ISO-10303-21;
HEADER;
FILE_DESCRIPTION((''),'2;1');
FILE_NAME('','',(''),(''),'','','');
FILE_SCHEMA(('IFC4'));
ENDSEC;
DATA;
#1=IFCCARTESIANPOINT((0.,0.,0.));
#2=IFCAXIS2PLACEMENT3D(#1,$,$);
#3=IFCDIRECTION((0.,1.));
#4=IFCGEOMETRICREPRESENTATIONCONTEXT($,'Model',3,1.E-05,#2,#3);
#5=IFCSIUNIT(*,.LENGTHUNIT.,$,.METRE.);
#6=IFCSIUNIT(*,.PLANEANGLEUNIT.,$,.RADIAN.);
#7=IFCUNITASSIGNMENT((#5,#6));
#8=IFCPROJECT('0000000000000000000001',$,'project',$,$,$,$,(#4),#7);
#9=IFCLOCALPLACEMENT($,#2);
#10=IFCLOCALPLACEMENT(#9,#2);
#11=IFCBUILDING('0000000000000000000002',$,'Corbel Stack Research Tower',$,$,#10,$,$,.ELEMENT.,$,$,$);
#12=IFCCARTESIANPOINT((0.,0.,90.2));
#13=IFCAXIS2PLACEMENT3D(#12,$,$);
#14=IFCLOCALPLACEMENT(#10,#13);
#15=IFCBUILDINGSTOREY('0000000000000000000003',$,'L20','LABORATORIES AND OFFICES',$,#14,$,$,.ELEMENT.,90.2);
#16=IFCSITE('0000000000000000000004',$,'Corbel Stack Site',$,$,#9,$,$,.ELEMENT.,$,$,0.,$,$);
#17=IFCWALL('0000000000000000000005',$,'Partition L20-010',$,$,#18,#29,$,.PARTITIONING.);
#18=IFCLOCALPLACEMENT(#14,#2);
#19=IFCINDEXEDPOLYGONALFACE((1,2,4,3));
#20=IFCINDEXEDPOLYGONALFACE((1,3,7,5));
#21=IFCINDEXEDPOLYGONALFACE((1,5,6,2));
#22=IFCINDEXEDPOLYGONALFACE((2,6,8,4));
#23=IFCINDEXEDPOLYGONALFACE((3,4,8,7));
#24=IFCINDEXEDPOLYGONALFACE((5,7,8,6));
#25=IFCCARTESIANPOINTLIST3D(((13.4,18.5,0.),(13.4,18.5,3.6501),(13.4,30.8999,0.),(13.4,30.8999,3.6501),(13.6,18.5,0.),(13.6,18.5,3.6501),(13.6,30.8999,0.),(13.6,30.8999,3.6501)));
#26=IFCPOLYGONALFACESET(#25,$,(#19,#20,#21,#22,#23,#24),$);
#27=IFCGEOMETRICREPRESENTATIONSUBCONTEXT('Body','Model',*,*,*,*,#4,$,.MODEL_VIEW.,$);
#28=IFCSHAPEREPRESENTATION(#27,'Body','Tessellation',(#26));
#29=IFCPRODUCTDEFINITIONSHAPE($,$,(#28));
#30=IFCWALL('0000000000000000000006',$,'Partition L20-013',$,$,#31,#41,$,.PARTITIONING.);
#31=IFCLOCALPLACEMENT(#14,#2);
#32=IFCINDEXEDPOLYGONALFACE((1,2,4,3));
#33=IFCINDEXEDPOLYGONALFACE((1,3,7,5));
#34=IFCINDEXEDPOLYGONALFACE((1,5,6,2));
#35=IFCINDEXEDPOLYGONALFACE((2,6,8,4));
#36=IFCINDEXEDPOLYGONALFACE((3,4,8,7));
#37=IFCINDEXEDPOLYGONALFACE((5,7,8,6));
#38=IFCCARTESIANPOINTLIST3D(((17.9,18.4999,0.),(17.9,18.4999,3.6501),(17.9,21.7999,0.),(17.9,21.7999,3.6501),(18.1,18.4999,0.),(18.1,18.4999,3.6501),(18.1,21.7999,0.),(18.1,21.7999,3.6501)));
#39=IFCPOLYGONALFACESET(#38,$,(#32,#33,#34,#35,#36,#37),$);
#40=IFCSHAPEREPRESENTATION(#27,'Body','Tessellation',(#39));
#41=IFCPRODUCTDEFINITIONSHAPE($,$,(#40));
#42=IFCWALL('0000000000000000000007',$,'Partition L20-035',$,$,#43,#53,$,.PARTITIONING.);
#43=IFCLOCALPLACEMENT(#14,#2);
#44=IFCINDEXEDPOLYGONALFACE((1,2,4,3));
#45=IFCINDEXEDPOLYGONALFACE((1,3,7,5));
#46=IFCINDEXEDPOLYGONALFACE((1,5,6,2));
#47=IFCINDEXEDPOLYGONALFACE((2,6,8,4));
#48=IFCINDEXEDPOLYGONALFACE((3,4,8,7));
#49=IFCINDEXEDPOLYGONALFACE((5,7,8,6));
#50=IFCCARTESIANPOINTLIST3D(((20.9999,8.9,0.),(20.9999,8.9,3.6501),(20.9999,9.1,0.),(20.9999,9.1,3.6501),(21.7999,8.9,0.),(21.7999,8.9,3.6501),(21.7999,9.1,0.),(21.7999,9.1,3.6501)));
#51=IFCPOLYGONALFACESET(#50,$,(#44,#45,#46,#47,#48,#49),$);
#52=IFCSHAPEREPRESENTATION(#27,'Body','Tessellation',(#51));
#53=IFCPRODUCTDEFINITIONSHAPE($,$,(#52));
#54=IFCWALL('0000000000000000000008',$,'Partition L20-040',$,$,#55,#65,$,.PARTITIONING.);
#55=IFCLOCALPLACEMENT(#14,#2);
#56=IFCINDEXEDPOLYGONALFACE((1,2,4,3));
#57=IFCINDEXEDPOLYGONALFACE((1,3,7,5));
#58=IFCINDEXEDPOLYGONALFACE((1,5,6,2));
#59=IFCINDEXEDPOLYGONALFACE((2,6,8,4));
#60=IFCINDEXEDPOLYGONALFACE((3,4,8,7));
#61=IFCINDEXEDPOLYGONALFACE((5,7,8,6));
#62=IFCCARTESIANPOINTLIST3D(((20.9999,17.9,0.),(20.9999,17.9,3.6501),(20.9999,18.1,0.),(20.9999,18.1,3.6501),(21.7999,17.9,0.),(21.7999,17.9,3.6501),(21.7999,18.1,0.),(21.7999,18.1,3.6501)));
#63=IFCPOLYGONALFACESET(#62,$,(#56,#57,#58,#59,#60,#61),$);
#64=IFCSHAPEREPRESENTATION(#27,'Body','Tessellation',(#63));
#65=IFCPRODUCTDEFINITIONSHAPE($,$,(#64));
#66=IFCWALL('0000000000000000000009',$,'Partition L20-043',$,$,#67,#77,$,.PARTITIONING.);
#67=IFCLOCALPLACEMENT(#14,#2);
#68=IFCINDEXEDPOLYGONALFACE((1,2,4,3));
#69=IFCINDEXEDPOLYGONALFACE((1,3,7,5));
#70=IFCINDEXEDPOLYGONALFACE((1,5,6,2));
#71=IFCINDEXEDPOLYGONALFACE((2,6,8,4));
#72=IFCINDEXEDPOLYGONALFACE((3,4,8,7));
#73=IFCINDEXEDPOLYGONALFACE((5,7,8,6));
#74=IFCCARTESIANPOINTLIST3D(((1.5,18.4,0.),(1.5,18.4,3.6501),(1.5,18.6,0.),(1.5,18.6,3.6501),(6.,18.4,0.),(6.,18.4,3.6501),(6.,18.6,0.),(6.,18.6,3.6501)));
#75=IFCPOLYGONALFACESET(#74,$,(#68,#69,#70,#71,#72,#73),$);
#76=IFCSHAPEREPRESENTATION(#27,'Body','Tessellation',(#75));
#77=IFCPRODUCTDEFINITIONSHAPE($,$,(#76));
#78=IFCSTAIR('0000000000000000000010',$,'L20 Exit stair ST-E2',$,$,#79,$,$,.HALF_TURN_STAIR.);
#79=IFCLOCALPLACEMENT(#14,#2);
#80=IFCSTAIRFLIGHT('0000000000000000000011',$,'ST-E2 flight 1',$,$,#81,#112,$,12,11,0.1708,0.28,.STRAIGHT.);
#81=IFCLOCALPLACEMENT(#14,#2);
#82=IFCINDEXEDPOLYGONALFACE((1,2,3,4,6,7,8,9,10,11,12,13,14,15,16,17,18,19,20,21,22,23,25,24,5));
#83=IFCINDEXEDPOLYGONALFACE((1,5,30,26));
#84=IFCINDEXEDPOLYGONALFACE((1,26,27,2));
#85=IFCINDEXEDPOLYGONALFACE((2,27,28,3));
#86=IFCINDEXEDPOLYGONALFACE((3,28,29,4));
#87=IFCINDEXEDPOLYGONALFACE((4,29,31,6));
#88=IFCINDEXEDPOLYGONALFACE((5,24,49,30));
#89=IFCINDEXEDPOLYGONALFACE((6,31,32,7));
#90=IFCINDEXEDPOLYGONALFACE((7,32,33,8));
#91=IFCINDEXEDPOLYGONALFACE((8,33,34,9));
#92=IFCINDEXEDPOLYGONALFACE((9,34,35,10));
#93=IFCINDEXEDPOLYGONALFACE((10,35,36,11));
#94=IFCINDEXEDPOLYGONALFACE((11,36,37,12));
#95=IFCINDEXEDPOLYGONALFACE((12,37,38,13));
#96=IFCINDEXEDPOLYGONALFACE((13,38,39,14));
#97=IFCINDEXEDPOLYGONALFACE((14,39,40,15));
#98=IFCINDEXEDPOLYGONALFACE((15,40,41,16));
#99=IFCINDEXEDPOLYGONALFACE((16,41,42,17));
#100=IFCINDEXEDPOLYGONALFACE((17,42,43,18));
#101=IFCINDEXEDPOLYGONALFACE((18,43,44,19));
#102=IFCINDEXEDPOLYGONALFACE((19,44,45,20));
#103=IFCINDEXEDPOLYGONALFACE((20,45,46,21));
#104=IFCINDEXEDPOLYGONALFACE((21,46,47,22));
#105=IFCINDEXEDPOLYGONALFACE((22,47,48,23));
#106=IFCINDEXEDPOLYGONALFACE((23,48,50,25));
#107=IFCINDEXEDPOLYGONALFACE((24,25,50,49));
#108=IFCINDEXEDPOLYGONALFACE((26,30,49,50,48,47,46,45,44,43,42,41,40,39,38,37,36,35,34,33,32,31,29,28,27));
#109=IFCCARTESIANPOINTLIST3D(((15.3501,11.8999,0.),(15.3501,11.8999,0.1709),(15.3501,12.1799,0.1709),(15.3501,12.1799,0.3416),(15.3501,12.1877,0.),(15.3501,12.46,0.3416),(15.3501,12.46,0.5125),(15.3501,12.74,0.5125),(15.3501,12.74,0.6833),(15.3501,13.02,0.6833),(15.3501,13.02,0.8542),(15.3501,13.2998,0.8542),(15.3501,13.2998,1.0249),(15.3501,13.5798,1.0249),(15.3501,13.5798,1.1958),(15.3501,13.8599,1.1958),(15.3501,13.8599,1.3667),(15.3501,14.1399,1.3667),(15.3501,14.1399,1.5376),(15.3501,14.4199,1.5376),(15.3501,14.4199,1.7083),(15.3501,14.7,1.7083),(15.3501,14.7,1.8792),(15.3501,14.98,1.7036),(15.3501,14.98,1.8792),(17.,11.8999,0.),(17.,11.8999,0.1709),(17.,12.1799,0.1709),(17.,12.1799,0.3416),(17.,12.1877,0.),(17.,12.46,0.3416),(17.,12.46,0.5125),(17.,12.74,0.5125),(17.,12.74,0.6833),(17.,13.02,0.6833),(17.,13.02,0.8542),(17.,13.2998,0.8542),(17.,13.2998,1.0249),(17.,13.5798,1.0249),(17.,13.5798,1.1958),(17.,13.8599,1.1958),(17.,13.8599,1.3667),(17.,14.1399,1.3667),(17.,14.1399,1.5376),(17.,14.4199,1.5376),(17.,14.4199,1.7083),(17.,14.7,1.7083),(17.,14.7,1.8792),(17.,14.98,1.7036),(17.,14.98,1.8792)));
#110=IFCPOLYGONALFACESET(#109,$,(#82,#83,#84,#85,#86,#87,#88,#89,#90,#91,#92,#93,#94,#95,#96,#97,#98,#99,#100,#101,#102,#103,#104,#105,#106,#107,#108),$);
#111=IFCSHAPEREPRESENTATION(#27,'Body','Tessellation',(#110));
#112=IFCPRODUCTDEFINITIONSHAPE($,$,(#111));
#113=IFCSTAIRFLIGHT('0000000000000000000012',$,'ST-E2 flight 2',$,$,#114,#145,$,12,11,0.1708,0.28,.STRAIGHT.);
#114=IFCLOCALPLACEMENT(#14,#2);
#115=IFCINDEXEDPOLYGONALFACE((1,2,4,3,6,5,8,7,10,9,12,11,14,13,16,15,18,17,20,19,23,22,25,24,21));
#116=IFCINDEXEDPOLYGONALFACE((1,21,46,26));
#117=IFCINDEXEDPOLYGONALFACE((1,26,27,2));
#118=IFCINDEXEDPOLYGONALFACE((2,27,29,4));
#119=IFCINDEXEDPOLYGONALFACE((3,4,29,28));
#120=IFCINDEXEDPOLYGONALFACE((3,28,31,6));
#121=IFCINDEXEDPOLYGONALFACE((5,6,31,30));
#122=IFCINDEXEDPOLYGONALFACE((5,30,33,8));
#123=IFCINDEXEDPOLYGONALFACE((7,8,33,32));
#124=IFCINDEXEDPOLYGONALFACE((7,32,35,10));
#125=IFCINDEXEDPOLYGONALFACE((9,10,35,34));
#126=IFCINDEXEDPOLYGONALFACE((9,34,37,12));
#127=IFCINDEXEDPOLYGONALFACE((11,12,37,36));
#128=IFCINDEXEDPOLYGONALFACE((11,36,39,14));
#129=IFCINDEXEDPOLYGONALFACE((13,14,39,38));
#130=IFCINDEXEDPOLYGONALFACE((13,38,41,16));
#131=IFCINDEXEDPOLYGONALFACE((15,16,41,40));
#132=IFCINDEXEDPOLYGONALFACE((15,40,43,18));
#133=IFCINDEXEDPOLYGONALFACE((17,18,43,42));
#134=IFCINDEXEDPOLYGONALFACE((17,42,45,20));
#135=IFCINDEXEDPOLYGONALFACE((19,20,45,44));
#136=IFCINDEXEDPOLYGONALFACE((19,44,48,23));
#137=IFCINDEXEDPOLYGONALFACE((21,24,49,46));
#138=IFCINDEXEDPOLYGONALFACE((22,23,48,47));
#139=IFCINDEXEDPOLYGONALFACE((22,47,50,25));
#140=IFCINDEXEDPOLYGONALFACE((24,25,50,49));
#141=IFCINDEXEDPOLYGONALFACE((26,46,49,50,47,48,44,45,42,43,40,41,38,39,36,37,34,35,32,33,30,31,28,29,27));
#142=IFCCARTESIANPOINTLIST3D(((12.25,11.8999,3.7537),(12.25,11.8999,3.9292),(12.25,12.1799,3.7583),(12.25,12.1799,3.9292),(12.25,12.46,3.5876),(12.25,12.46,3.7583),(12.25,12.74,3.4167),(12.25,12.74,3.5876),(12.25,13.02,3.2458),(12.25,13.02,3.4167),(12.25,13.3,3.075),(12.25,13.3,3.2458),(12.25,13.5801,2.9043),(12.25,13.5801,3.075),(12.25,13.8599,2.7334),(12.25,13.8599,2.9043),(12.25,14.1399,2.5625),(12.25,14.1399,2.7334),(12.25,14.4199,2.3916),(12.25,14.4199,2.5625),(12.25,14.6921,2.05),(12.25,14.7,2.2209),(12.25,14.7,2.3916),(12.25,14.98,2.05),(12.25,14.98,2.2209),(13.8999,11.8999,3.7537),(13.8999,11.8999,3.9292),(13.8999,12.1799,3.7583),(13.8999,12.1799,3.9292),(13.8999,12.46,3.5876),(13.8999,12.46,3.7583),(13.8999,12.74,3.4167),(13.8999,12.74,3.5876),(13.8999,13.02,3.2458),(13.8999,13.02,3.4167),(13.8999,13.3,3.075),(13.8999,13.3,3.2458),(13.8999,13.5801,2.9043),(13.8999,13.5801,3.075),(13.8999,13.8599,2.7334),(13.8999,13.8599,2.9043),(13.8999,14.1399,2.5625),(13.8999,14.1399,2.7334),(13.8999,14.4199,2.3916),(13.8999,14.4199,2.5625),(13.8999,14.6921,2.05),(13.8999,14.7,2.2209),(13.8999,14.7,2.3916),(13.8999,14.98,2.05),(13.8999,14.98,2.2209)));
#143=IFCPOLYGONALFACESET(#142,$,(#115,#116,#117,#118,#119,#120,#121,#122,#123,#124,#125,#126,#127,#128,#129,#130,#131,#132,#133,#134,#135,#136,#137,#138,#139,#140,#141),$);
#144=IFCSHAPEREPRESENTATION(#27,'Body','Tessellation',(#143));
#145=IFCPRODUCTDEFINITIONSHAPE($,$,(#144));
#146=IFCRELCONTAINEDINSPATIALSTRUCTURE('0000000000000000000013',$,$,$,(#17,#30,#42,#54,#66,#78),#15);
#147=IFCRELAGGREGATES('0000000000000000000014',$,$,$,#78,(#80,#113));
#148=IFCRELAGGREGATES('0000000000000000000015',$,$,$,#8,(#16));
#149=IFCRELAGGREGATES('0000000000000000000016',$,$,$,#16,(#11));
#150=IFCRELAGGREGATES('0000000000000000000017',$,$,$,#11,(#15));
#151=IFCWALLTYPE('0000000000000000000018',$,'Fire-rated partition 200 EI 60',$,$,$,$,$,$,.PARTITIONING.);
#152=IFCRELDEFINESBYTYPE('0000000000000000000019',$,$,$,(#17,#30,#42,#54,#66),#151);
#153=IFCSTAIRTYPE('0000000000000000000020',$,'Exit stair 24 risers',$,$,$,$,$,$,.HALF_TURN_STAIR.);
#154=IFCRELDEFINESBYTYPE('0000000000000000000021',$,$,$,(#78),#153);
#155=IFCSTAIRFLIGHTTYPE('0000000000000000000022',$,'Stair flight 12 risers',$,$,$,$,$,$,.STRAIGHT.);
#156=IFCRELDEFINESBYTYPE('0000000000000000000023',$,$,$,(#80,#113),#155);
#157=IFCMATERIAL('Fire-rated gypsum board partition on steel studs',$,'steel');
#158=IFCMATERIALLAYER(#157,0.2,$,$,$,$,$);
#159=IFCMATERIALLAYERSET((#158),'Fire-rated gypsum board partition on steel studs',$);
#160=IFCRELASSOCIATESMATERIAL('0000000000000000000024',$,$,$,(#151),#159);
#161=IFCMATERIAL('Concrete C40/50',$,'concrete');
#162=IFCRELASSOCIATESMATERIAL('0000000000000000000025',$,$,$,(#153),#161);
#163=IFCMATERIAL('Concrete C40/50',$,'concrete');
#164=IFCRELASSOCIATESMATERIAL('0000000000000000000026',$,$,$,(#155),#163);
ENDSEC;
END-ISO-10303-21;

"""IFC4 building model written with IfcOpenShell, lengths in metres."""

from ifc_helpers import new_model, si_unit, direction, frame, frame_2d, origin, place, context, subcontext, project, spatial, polyline, rectangle, outline, extrude, material, layer, layer_set, type_object, element, aggregate, save


model = new_model("IFC4")

# Units and contexts
model_context = context("Model", 3, precision=1e-05, world=origin(), true_north=direction((0.0, 1.0)))
body_context = subcontext(model_context, "Body", "Model", "MODEL_VIEW")
ifc_project = project(units=[si_unit("LENGTHUNIT", "METRE"), si_unit("PLANEANGLEUNIT", "RADIAN")], contexts=[model_context])

# Site, building, storey
site_placement = place(None, origin())
site = spatial("IfcSite", under=ifc_project, at=site_placement, Name="Corbel Stack Site", CompositionType="ELEMENT", RefElevation=0.0)
building_placement = place(site_placement, origin())
building = spatial("IfcBuilding", under=site, at=building_placement, Name="Corbel Stack Research Tower", CompositionType="ELEMENT")
storey_placement = place(building_placement, frame((0.0, 0.0, 90.2)))
storey = spatial("IfcBuildingStorey", under=building, at=storey_placement, Name="L20", Description="LABORATORIES AND OFFICES", CompositionType="ELEMENT", Elevation=90.2)

# Walls
ifc_material_1 = material(Name="Fire-rated gypsum board partition on steel studs", Category="steel")
ifc_layer_1 = layer(ifc_material_1, 0.2)
ifc_layer_set_1 = layer_set([ifc_layer_1], Name="Fire-rated gypsum board partition on steel studs")
wall_type_1 = type_object("IfcWallType", Name="Fire-rated partition 200 EI 60", PredefinedType="PARTITIONING", material=ifc_layer_set_1)
wall_1_placement = place(storey_placement, frame((13.5, 18.5, 0.0), z_axis=(0.0, 0.0, 1.0), x_axis=(0.0, 1.0, 0.0)))
element("IfcWall", 1, at=wall_1_placement, inside=storey, type_object=wall_type_1, Name="Partition L20-010", PredefinedType="PARTITIONING", context=body_context, shape_type="SweptSolid", body=[
    extrude(rectangle(XDim=12.3999, YDim=0.2, at=frame_2d((6.2, 0.0))), origin(), (0.0, 0.0, 1.0), 3.6501),
])
wall_2_placement = place(storey_placement, frame((18.0, 18.5, 0.0), z_axis=(0.0, 0.0, 1.0), x_axis=(0.0, 1.0, 0.0)))
element("IfcWall", 2, at=wall_2_placement, inside=storey, type_object=wall_type_1, Name="Partition L20-013", PredefinedType="PARTITIONING", context=body_context, shape_type="SweptSolid", body=[
    extrude(rectangle(XDim=3.3, YDim=0.2, at=frame_2d((1.6499, 0.0))), origin(), (0.0, 0.0, 1.0), 3.6501),
])
for number, where, z_axis, x_axis, name in (
    (3, (21.0, 9.0, 0.0), (0.0, 0.0, 1.0), (1.0, 0.0, 0.0), "Partition L20-035"),
    (4, (21.0, 18.0, 0.0), (0.0, 0.0, 1.0), (1.0, 0.0, 0.0), "Partition L20-040"),
):
    element("IfcWall", number, at=place(storey_placement, frame(where, z_axis=z_axis, x_axis=x_axis)), inside=storey, type_object=wall_type_1, Name=name, PredefinedType="PARTITIONING", context=body_context, shape_type="SweptSolid", body=[
        extrude(rectangle(XDim=0.8, YDim=0.2, at=frame_2d((0.3999, 0.0))), origin(), (0.0, 0.0, 1.0), 3.6501),
    ])
wall_3_placement = place(storey_placement, frame((1.5, 18.5, 0.0), z_axis=(0.0, 0.0, 1.0), x_axis=(1.0, 0.0, 0.0)))
element("IfcWall", 5, at=wall_3_placement, inside=storey, type_object=wall_type_1, Name="Partition L20-043", PredefinedType="PARTITIONING", context=body_context, shape_type="SweptSolid", body=[
    extrude(rectangle(XDim=4.5, YDim=0.2, at=frame_2d((2.25, 0.0))), origin(), (0.0, 0.0, 1.0), 3.6501),
])

# Stair, stair flights
ifc_material_2 = material(Name="Concrete C40/50", Category="concrete")
stair_type = type_object("IfcStairType", Name="Exit stair 24 risers", PredefinedType="HALF_TURN_STAIR", material=ifc_material_2)
stair_placement = place(storey_placement, origin())
stair = element("IfcStair", 6, at=stair_placement, inside=storey, type_object=stair_type, Name="L20 Exit stair ST-E2", PredefinedType="HALF_TURN_STAIR")
ifc_material_3 = material(Name="Concrete C40/50", Category="concrete")
stair_flight_type = type_object("IfcStairFlightType", Name="Stair flight 12 risers", PredefinedType="STRAIGHT", material=ifc_material_3)
stair_flight_1_placement = place(storey_placement, frame((16.175, 11.8999, 0.0), z_axis=(0.0, 0.0, 1.0), x_axis=(0.0, 1.0, 0.0)))
stair_flight_1 = element("IfcStairFlight", 7, at=stair_flight_1_placement, type_object=stair_flight_type, Name="ST-E2 flight 1", NumberOfRisers=12, NumberOfTreads=11, PredefinedType="STRAIGHT", RiserHeight=0.1708, TreadLength=0.28, context=body_context, shape_type="SweptSolid", body=[
    extrude(outline(polyline([(0.0, 0.0), (0.0, 0.1709), (0.28, 0.1709), (0.28, 0.3416), (0.5601, 0.3416), (0.5601, 0.5125), (0.8401, 0.5125), (0.8401, 0.6833), (1.1201, 0.6833), (1.1201, 0.8542), (1.3999, 0.8542), (1.3999, 1.0249), (1.6799, 1.0249), (1.6799, 1.1958), (1.96, 1.1958), (1.96, 1.3667), (2.24, 1.3667), (2.24, 1.5376), (2.52, 1.5376), (2.52, 1.7083), (2.8, 1.7083), (2.8, 1.8792), (3.0801, 1.8792), (3.0801, 2.05), (3.0801, 1.7036), (0.2878, 0.0), (0.0, 0.0)])), frame((0.0, 0.825, 0.0), z_axis=(0.0, -1.0, 0.0), x_axis=(1.0, 0.0, 0.0)), (0.0, 0.0, 1.0), 1.6499),
])
stair_flight_2_placement = place(storey_placement, frame((13.075, 14.98, 2.05), z_axis=(0.0, 0.0, 1.0), x_axis=(0.0, -1.0, 0.0)))
stair_flight_2 = element("IfcStairFlight", 8, at=stair_flight_2_placement, type_object=stair_flight_type, Name="ST-E2 flight 2", NumberOfRisers=12, NumberOfTreads=11, PredefinedType="STRAIGHT", RiserHeight=0.1708, TreadLength=0.28, context=body_context, shape_type="SweptSolid", body=[
    extrude(outline(polyline([(0.0, 0.0), (0.0, 0.1709), (0.28, 0.1709), (0.28, 0.3416), (0.5601, 0.3416), (0.5601, 0.5125), (0.8401, 0.5125), (0.8401, 0.6833), (1.1201, 0.6833), (1.1201, 0.8542), (1.3999, 0.8542), (1.3999, 1.0249), (1.6799, 1.0249), (1.6799, 1.1958), (1.96, 1.1958), (1.96, 1.3667), (2.24, 1.3667), (2.24, 1.5376), (2.52, 1.5376), (2.52, 1.7083), (2.8, 1.7083), (2.8, 1.8792), (3.0801, 1.8792), (3.0801, 2.05), (3.0801, 1.7036), (0.2878, 0.0), (0.0, 0.0)])), frame((0.0, 0.825, 0.0), z_axis=(0.0, -1.0, 0.0), x_axis=(1.0, 0.0, 0.0)), (0.0, 0.0, 1.0), 1.6499),
])
aggregate(stair, [stair_flight_1, stair_flight_2])

save(model, "model.ifc")
